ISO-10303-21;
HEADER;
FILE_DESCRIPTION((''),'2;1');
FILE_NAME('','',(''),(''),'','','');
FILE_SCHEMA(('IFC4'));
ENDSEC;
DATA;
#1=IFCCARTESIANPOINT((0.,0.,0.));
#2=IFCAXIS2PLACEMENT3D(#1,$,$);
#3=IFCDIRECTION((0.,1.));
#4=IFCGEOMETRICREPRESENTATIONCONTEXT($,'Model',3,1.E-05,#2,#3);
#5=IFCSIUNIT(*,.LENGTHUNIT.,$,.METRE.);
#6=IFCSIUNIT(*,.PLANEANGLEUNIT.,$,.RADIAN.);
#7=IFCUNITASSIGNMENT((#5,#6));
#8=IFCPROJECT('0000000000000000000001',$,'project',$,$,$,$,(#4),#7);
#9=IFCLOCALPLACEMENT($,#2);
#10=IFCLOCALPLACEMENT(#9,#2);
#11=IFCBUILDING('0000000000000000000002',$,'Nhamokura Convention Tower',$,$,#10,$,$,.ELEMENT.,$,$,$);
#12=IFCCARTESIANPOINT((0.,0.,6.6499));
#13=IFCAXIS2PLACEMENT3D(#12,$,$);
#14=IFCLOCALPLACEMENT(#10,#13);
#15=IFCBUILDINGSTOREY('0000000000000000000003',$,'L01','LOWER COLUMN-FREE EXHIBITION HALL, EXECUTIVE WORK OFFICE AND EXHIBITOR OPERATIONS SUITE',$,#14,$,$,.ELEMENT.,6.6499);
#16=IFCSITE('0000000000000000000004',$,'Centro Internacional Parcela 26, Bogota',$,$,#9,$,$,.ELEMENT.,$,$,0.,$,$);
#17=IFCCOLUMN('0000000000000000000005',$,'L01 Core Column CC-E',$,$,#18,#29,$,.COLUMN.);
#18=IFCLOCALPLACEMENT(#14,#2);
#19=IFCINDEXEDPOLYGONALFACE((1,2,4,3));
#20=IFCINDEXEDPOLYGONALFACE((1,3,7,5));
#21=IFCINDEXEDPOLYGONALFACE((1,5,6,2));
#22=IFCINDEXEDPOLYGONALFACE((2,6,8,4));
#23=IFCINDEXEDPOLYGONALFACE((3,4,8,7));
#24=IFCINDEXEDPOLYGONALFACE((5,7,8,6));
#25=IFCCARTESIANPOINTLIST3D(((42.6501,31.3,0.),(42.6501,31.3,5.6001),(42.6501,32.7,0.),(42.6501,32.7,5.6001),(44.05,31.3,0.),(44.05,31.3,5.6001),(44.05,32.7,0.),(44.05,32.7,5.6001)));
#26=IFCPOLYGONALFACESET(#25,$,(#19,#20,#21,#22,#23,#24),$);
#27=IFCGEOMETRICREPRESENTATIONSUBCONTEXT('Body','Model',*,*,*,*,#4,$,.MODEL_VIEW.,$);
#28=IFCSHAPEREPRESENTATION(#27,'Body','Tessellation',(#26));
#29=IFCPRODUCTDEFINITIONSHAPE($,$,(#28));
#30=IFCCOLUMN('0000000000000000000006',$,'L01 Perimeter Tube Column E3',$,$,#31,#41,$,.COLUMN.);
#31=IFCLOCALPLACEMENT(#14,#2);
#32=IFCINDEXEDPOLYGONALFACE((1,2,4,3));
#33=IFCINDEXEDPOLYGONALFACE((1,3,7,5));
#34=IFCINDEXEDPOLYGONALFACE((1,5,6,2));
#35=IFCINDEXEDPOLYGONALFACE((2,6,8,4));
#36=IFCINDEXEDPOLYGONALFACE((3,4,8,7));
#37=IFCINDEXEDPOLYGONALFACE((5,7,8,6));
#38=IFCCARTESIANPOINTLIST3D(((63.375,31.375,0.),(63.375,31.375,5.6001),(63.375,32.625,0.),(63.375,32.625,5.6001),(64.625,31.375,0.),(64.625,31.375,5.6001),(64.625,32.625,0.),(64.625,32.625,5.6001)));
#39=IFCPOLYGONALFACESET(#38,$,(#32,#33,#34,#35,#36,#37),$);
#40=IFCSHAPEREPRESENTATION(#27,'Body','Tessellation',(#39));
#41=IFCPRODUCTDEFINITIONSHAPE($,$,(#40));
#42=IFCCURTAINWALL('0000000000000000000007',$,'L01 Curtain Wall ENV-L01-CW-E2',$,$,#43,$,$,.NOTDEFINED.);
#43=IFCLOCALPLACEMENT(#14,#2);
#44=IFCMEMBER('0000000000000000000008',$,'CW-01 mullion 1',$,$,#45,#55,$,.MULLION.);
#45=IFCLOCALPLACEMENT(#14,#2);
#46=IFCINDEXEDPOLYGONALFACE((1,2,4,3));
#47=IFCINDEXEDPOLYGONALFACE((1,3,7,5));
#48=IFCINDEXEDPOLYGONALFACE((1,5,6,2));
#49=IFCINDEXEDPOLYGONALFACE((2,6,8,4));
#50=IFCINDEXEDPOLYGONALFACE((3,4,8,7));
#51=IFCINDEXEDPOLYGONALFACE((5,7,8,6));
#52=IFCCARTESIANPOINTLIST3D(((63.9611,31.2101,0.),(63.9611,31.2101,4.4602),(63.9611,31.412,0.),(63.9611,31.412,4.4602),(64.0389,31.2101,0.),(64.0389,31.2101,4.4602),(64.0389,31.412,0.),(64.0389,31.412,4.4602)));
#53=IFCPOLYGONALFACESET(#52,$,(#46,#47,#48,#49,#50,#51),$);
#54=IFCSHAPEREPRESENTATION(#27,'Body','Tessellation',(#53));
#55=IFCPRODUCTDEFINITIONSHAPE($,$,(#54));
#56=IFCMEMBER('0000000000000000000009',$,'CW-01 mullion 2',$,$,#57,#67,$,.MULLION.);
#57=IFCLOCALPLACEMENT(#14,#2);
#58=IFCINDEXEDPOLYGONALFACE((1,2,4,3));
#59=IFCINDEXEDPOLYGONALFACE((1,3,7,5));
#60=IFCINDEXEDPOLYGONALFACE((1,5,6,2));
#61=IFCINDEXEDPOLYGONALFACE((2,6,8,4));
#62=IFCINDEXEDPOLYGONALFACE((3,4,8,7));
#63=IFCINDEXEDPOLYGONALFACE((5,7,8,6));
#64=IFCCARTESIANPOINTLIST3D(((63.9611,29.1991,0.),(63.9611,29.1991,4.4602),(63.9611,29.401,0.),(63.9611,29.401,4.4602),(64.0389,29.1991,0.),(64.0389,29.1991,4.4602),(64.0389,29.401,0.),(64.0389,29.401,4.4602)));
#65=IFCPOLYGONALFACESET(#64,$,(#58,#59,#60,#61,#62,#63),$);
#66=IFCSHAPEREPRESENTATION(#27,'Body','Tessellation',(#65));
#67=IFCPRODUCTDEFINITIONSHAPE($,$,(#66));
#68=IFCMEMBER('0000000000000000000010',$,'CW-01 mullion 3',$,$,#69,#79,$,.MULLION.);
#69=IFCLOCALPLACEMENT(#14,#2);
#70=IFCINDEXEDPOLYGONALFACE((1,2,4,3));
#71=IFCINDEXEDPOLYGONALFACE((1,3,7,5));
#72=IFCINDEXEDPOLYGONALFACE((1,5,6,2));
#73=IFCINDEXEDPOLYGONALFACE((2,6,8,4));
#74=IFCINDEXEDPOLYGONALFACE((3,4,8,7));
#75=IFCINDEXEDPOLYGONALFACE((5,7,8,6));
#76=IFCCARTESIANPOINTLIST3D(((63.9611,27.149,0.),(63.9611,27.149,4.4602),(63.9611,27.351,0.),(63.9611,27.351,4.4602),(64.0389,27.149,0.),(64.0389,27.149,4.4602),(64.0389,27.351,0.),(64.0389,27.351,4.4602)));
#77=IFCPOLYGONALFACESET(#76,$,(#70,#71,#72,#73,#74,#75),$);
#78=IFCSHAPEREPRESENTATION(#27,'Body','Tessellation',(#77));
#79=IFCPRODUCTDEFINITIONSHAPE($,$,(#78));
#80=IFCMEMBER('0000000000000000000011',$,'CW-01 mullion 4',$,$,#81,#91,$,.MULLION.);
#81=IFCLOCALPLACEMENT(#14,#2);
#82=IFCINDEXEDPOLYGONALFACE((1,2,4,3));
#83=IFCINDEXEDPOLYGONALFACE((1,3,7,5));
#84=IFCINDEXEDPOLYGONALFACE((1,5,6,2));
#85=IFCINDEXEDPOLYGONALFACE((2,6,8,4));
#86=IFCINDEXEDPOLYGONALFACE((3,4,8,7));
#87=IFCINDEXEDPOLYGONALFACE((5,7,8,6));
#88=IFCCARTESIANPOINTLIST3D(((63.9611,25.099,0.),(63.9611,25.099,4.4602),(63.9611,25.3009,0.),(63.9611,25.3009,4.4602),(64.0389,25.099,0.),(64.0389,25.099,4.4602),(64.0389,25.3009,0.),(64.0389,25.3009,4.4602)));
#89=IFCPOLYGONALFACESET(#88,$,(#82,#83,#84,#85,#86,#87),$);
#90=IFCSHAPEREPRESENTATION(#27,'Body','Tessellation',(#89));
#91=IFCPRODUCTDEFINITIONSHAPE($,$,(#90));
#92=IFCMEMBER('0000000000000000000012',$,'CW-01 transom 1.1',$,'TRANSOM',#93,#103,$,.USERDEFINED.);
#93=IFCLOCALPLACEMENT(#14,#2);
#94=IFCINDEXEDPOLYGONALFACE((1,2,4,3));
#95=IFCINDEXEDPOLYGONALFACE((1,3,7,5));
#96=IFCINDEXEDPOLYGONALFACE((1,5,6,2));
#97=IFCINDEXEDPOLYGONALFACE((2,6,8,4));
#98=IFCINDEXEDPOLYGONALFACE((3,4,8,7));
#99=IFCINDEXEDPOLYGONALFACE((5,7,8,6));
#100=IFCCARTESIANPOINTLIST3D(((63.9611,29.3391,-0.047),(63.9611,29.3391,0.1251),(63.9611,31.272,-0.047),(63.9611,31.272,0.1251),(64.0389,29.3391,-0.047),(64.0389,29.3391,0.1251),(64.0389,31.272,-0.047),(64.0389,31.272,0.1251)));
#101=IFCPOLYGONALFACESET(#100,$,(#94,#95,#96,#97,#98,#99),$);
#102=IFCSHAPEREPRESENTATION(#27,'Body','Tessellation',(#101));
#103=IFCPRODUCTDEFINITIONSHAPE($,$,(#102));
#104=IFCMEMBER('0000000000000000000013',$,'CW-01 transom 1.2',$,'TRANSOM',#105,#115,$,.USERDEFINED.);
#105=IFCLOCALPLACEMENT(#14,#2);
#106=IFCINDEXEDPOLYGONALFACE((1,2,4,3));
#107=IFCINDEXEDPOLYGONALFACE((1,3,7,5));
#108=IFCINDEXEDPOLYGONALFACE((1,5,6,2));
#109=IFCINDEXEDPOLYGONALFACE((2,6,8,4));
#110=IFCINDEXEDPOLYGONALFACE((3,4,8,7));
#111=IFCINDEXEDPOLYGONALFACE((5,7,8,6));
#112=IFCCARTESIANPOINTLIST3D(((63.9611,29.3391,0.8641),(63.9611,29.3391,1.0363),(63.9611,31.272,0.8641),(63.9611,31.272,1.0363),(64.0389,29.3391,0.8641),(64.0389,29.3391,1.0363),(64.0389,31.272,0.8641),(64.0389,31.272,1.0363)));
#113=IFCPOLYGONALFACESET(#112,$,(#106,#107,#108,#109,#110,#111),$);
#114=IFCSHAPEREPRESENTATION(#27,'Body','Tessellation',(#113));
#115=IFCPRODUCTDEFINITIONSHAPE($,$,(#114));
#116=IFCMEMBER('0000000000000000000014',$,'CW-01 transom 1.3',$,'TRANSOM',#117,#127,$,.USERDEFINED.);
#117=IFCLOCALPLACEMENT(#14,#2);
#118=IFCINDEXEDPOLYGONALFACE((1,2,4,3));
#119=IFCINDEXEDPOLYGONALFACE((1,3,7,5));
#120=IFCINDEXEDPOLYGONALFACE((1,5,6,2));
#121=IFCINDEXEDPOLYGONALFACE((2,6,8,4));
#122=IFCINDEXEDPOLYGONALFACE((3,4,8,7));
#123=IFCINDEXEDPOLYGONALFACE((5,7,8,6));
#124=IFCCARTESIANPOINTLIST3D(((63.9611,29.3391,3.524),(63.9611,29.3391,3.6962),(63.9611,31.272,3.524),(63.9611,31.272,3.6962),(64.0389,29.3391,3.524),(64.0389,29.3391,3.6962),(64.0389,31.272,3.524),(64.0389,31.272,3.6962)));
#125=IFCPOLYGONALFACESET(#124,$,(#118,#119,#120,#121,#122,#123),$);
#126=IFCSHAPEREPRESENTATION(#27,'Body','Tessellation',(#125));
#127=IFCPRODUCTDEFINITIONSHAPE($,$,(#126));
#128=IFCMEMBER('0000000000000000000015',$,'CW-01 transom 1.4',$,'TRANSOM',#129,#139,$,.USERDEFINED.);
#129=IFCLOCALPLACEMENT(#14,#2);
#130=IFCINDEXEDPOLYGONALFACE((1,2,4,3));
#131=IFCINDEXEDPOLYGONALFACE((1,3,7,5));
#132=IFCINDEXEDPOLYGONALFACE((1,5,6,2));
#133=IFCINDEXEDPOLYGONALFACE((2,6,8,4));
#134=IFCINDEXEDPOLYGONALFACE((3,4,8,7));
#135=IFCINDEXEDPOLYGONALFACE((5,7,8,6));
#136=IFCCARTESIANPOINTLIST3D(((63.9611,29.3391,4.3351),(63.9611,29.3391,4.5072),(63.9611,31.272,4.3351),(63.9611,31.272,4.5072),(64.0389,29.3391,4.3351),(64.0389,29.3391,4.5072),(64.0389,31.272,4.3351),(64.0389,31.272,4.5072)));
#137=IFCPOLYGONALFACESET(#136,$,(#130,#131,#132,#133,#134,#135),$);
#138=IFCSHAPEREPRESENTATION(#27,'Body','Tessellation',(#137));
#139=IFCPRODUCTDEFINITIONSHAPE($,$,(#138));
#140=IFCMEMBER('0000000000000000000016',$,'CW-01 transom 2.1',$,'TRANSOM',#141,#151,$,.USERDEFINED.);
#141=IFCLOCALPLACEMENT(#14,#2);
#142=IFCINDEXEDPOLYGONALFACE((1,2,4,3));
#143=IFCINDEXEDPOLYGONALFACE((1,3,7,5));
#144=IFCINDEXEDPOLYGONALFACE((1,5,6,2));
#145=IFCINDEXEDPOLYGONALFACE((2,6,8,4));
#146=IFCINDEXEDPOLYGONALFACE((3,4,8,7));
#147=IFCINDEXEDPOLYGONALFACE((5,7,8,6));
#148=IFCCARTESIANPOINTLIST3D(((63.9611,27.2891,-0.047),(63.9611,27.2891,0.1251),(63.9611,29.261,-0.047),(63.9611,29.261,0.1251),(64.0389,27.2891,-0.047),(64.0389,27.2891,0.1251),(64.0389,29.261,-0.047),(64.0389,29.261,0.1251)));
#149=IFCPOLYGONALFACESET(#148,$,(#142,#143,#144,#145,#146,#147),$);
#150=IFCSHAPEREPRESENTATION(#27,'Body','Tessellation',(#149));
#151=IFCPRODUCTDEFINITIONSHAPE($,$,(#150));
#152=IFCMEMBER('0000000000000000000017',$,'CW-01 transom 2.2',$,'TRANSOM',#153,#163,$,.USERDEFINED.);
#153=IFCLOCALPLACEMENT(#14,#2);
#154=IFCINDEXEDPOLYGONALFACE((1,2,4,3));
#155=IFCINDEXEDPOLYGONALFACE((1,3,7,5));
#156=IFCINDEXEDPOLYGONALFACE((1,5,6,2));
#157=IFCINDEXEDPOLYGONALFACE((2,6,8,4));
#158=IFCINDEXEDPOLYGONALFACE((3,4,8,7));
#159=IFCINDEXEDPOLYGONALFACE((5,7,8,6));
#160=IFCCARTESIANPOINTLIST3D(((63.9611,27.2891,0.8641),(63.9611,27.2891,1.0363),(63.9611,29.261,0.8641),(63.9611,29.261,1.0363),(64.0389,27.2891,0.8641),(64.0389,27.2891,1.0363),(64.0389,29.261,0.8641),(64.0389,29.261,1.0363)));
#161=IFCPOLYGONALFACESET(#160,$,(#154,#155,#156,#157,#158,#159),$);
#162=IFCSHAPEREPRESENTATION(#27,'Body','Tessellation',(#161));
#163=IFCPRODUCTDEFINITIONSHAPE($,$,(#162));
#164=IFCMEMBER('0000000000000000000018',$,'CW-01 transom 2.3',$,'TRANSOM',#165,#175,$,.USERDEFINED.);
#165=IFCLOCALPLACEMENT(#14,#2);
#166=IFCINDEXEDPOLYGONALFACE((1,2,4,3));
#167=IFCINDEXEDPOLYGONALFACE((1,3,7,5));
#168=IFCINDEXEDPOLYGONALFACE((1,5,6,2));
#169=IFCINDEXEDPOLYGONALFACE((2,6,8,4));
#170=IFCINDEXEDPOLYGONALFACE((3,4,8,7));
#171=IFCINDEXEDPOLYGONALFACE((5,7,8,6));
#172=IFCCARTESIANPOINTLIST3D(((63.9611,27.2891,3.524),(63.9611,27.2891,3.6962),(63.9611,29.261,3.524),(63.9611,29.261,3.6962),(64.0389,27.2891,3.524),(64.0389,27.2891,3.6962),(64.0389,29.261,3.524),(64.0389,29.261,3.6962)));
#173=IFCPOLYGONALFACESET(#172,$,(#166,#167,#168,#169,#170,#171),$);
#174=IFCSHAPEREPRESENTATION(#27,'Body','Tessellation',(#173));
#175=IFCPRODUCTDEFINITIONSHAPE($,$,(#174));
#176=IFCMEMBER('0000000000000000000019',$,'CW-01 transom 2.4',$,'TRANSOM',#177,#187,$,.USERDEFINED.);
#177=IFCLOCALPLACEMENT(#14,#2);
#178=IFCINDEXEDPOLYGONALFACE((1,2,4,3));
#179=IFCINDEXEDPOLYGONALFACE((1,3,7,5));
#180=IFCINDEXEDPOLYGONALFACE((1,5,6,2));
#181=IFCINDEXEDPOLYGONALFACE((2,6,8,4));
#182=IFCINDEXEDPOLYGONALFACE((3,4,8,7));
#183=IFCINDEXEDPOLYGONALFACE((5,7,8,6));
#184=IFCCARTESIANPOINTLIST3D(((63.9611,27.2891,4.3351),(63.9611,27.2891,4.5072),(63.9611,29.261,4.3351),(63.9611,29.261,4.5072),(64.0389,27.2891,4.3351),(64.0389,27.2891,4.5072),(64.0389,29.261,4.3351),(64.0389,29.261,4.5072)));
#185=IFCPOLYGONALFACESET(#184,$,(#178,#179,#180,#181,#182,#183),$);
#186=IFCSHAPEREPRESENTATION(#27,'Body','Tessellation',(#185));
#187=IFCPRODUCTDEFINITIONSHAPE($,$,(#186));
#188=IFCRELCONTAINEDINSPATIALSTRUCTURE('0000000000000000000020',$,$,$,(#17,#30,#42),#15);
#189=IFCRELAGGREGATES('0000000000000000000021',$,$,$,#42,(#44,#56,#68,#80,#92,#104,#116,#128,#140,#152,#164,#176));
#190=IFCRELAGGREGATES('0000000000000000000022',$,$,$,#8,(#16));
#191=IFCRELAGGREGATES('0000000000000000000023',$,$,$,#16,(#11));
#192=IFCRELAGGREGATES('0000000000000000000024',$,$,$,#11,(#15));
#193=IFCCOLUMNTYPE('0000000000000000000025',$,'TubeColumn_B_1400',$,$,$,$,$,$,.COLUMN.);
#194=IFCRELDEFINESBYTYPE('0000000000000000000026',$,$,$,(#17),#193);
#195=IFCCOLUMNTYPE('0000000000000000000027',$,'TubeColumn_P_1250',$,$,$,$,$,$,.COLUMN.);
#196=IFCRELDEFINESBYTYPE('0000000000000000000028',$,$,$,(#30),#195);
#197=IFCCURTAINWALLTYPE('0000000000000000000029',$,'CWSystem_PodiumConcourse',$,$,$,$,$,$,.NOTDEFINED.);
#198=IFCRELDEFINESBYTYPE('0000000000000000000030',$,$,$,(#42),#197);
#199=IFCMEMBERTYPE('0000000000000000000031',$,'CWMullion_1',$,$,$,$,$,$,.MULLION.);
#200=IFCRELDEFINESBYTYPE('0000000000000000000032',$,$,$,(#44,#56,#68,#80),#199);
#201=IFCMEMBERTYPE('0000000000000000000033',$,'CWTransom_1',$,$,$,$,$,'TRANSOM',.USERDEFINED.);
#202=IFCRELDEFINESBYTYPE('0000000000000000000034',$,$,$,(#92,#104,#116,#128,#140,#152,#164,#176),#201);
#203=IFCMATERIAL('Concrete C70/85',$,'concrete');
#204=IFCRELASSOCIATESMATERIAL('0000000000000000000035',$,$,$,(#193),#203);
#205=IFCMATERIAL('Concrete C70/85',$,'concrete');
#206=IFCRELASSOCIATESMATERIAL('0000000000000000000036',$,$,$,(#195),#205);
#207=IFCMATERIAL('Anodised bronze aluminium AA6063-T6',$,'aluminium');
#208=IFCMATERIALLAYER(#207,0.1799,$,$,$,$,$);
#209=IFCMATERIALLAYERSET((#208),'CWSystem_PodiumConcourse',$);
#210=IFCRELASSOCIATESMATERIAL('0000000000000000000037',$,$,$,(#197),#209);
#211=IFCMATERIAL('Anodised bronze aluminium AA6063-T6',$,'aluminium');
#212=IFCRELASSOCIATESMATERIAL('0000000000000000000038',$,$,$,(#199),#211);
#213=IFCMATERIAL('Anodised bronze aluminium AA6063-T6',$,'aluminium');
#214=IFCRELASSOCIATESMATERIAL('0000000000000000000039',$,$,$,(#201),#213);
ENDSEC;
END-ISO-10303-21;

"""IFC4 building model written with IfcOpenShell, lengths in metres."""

from ifc_helpers import new_model, si_unit, direction, frame, origin, origin_2d, place, context, subcontext, project, spatial, rectangle, extrude, material, layer, layer_set, material_profile, profile_set, type_object, element, aggregate, save


model = new_model("IFC4")

# Units and contexts
model_context = context("Model", 3, precision=1e-05, world=origin(), true_north=direction((0.0, 1.0)))
body_context = subcontext(model_context, "Body", "Model", "MODEL_VIEW")
ifc_project = project(units=[si_unit("LENGTHUNIT", "METRE"), si_unit("PLANEANGLEUNIT", "RADIAN")], contexts=[model_context])

# Site, building, storey
site_placement = place(None, origin())
site = spatial("IfcSite", under=ifc_project, at=site_placement, Name="Centro Internacional Parcela 26, Bogota", CompositionType="ELEMENT", RefElevation=0.0)
building_placement = place(site_placement, origin())
building = spatial("IfcBuilding", under=site, at=building_placement, Name="Nhamokura Convention Tower", CompositionType="ELEMENT")
storey_placement = place(building_placement, frame((0.0, 0.0, 6.6499)))
storey = spatial("IfcBuildingStorey", under=building, at=storey_placement, Name="L01", Description="LOWER COLUMN-FREE EXHIBITION HALL, EXECUTIVE WORK OFFICE AND EXHIBITOR OPERATIONS SUITE", CompositionType="ELEMENT", Elevation=6.6499)

# Columns
ifc_material_1 = material(Name="Concrete C70/85", Category="concrete")
ifc_material_profile_1 = material_profile(ifc_material_1, rectangle(XDim=1.3999, YDim=1.3999, at=origin_2d()))
ifc_profile_set_1 = profile_set([ifc_material_profile_1], Name="Concrete C70/85")
column_type_1 = type_object("IfcColumnType", Name="TubeColumn_B_1400", PredefinedType="COLUMN", material=ifc_profile_set_1)
column_1_placement = place(storey_placement, frame((43.3501, 32.0, 0.0), z_axis=(0.0, 0.0, 1.0), x_axis=(1.0, 0.0, 0.0)))
element("IfcColumn", 1, at=column_1_placement, inside=storey, type_object=column_type_1, Name="L01 Core Column CC-E", PredefinedType="COLUMN", context=body_context, shape_type="SweptSolid", body=[
    extrude(rectangle(XDim=1.3999, YDim=1.3999, at=origin_2d()), origin(), (0.0, 0.0, 1.0), 5.6001),
])
ifc_material_2 = material(Name="Concrete C70/85", Category="concrete")
ifc_material_profile_2 = material_profile(ifc_material_2, rectangle(XDim=1.25, YDim=1.25, at=origin_2d()))
ifc_profile_set_2 = profile_set([ifc_material_profile_2], Name="Concrete C70/85")
column_type_2 = type_object("IfcColumnType", Name="TubeColumn_P_1250", PredefinedType="COLUMN", material=ifc_profile_set_2)
column_2_placement = place(storey_placement, frame((64.0, 32.0, 0.0), z_axis=(0.0, 0.0, 1.0), x_axis=(1.0, 0.0, 0.0)))
element("IfcColumn", 2, at=column_2_placement, inside=storey, type_object=column_type_2, Name="L01 Perimeter Tube Column E3", PredefinedType="COLUMN", context=body_context, shape_type="SweptSolid", body=[
    extrude(rectangle(XDim=1.25, YDim=1.25, at=origin_2d()), origin(), (0.0, 0.0, 1.0), 5.6001),
])

# Curtain wall, members
ifc_material_3 = material(Name="Anodised bronze aluminium AA6063-T6", Category="aluminium")
ifc_layer_1 = layer(ifc_material_3, 0.1799)
ifc_layer_set_1 = layer_set([ifc_layer_1], Name="CWSystem_PodiumConcourse")
curtain_wall_type = type_object("IfcCurtainWallType", Name="CWSystem_PodiumConcourse", PredefinedType="NOTDEFINED", material=ifc_layer_set_1)
curtain_wall_placement = place(storey_placement, origin())
curtain_wall = element("IfcCurtainWall", 3, at=curtain_wall_placement, inside=storey, type_object=curtain_wall_type, Name="L01 Curtain Wall ENV-L01-CW-E2", PredefinedType="NOTDEFINED")
ifc_material_4 = material(Name="Anodised bronze aluminium AA6063-T6", Category="aluminium")
ifc_material_profile_3 = material_profile(ifc_material_4, rectangle(XDim=0.0779, YDim=0.2019, at=origin_2d()))
ifc_profile_set_3 = profile_set([ifc_material_profile_3], Name="Anodised bronze aluminium AA6063-T6")
member_type_1 = type_object("IfcMemberType", Name="CWMullion_1", PredefinedType="MULLION", material=ifc_profile_set_3)
member_1_placement = place(storey_placement, frame((64.0, 31.311, 0.0), z_axis=(0.0, 0.0, 1.0), x_axis=(1.0, 0.0, 0.0)))
member_1 = element("IfcMember", 4, at=member_1_placement, type_object=member_type_1, Name="CW-01 mullion 1", PredefinedType="MULLION", context=body_context, shape_type="SweptSolid", body=[
    extrude(rectangle(XDim=0.0779, YDim=0.2019, at=origin_2d()), origin(), (0.0, 0.0, 1.0), 4.4602),
])
member_2_placement = place(storey_placement, frame((64.0, 29.3, 0.0), z_axis=(0.0, 0.0, 1.0), x_axis=(1.0, 0.0, 0.0)))
member_2 = element("IfcMember", 5, at=member_2_placement, type_object=member_type_1, Name="CW-01 mullion 2", PredefinedType="MULLION", context=body_context, shape_type="SweptSolid", body=[
    extrude(rectangle(XDim=0.0779, YDim=0.2019, at=origin_2d()), origin(), (0.0, 0.0, 1.0), 4.4602),
])
member_3_placement = place(storey_placement, frame((64.0, 27.25, 0.0), z_axis=(0.0, 0.0, 1.0), x_axis=(1.0, 0.0, 0.0)))
member_3 = element("IfcMember", 6, at=member_3_placement, type_object=member_type_1, Name="CW-01 mullion 3", PredefinedType="MULLION", context=body_context, shape_type="SweptSolid", body=[
    extrude(rectangle(XDim=0.0779, YDim=0.2019, at=origin_2d()), origin(), (0.0, 0.0, 1.0), 4.4602),
])
member_4_placement = place(storey_placement, frame((64.0, 25.2, 0.0), z_axis=(0.0, 0.0, 1.0), x_axis=(1.0, 0.0, 0.0)))
member_4 = element("IfcMember", 7, at=member_4_placement, type_object=member_type_1, Name="CW-01 mullion 4", PredefinedType="MULLION", context=body_context, shape_type="SweptSolid", body=[
    extrude(rectangle(XDim=0.0779, YDim=0.2019, at=origin_2d()), origin(), (0.0, 0.0, 1.0), 4.4602),
])
ifc_material_5 = material(Name="Anodised bronze aluminium AA6063-T6", Category="aluminium")
ifc_material_profile_4 = material_profile(ifc_material_5, rectangle(XDim=0.0779, YDim=0.1721, at=origin_2d()))
ifc_profile_set_4 = profile_set([ifc_material_profile_4], Name="Anodised bronze aluminium AA6063-T6")
member_type_2 = type_object("IfcMemberType", Name="CWTransom_1", ElementType="TRANSOM", PredefinedType="USERDEFINED", material=ifc_profile_set_4)
member_5_placement = place(storey_placement, frame((64.0, 31.272, 0.0391), z_axis=(0.0, -1.0, 0.0), x_axis=(1.0, 0.0, 0.0)))
member_5 = element("IfcMember", 8, at=member_5_placement, type_object=member_type_2, Name="CW-01 transom 1.1", ObjectType="TRANSOM", PredefinedType="USERDEFINED", context=body_context, shape_type="SweptSolid", body=[
    extrude(rectangle(XDim=0.0779, YDim=0.1721, at=origin_2d()), origin(), (0.0, 0.0, 1.0), 1.9329),
])
member_6_placement = place(storey_placement, frame((64.0, 31.272, 0.9502), z_axis=(0.0, -1.0, 0.0), x_axis=(1.0, 0.0, 0.0)))
member_6 = element("IfcMember", 9, at=member_6_placement, type_object=member_type_2, Name="CW-01 transom 1.2", ObjectType="TRANSOM", PredefinedType="USERDEFINED", context=body_context, shape_type="SweptSolid", body=[
    extrude(rectangle(XDim=0.0779, YDim=0.1721, at=origin_2d()), origin(), (0.0, 0.0, 1.0), 1.9329),
])
member_7_placement = place(storey_placement, frame((64.0, 31.272, 3.6101), z_axis=(0.0, -1.0, 0.0), x_axis=(1.0, 0.0, 0.0)))
member_7 = element("IfcMember", 10, at=member_7_placement, type_object=member_type_2, Name="CW-01 transom 1.3", ObjectType="TRANSOM", PredefinedType="USERDEFINED", context=body_context, shape_type="SweptSolid", body=[
    extrude(rectangle(XDim=0.0779, YDim=0.1721, at=origin_2d()), origin(), (0.0, 0.0, 1.0), 1.9329),
])
member_8_placement = place(storey_placement, frame((64.0, 31.272, 4.4211), z_axis=(0.0, -1.0, 0.0), x_axis=(1.0, 0.0, 0.0)))
member_8 = element("IfcMember", 11, at=member_8_placement, type_object=member_type_2, Name="CW-01 transom 1.4", ObjectType="TRANSOM", PredefinedType="USERDEFINED", context=body_context, shape_type="SweptSolid", body=[
    extrude(rectangle(XDim=0.0779, YDim=0.1721, at=origin_2d()), origin(), (0.0, 0.0, 1.0), 1.9329),
])
member_9_placement = place(storey_placement, frame((64.0, 29.261, 0.0391), z_axis=(0.0, -1.0, 0.0), x_axis=(1.0, 0.0, 0.0)))
member_9 = element("IfcMember", 12, at=member_9_placement, type_object=member_type_2, Name="CW-01 transom 2.1", ObjectType="TRANSOM", PredefinedType="USERDEFINED", context=body_context, shape_type="SweptSolid", body=[
    extrude(rectangle(XDim=0.0779, YDim=0.1721, at=origin_2d()), origin(), (0.0, 0.0, 1.0), 1.9719),
])
member_10_placement = place(storey_placement, frame((64.0, 29.261, 0.9502), z_axis=(0.0, -1.0, 0.0), x_axis=(1.0, 0.0, 0.0)))
member_10 = element("IfcMember", 13, at=member_10_placement, type_object=member_type_2, Name="CW-01 transom 2.2", ObjectType="TRANSOM", PredefinedType="USERDEFINED", context=body_context, shape_type="SweptSolid", body=[
    extrude(rectangle(XDim=0.0779, YDim=0.1721, at=origin_2d()), origin(), (0.0, 0.0, 1.0), 1.9719),
])
member_11_placement = place(storey_placement, frame((64.0, 29.261, 3.6101), z_axis=(0.0, -1.0, 0.0), x_axis=(1.0, 0.0, 0.0)))
member_11 = element("IfcMember", 14, at=member_11_placement, type_object=member_type_2, Name="CW-01 transom 2.3", ObjectType="TRANSOM", PredefinedType="USERDEFINED", context=body_context, shape_type="SweptSolid", body=[
    extrude(rectangle(XDim=0.0779, YDim=0.1721, at=origin_2d()), origin(), (0.0, 0.0, 1.0), 1.9719),
])
member_12_placement = place(storey_placement, frame((64.0, 29.261, 4.4211), z_axis=(0.0, -1.0, 0.0), x_axis=(1.0, 0.0, 0.0)))
member_12 = element("IfcMember", 15, at=member_12_placement, type_object=member_type_2, Name="CW-01 transom 2.4", ObjectType="TRANSOM", PredefinedType="USERDEFINED", context=body_context, shape_type="SweptSolid", body=[
    extrude(rectangle(XDim=0.0779, YDim=0.1721, at=origin_2d()), origin(), (0.0, 0.0, 1.0), 1.9719),
])

aggregate(curtain_wall, [member_1, member_2, member_3, member_4, member_5, member_6, member_7, member_8, member_9, member_10, member_11, member_12])

save(model, "model.ifc")
